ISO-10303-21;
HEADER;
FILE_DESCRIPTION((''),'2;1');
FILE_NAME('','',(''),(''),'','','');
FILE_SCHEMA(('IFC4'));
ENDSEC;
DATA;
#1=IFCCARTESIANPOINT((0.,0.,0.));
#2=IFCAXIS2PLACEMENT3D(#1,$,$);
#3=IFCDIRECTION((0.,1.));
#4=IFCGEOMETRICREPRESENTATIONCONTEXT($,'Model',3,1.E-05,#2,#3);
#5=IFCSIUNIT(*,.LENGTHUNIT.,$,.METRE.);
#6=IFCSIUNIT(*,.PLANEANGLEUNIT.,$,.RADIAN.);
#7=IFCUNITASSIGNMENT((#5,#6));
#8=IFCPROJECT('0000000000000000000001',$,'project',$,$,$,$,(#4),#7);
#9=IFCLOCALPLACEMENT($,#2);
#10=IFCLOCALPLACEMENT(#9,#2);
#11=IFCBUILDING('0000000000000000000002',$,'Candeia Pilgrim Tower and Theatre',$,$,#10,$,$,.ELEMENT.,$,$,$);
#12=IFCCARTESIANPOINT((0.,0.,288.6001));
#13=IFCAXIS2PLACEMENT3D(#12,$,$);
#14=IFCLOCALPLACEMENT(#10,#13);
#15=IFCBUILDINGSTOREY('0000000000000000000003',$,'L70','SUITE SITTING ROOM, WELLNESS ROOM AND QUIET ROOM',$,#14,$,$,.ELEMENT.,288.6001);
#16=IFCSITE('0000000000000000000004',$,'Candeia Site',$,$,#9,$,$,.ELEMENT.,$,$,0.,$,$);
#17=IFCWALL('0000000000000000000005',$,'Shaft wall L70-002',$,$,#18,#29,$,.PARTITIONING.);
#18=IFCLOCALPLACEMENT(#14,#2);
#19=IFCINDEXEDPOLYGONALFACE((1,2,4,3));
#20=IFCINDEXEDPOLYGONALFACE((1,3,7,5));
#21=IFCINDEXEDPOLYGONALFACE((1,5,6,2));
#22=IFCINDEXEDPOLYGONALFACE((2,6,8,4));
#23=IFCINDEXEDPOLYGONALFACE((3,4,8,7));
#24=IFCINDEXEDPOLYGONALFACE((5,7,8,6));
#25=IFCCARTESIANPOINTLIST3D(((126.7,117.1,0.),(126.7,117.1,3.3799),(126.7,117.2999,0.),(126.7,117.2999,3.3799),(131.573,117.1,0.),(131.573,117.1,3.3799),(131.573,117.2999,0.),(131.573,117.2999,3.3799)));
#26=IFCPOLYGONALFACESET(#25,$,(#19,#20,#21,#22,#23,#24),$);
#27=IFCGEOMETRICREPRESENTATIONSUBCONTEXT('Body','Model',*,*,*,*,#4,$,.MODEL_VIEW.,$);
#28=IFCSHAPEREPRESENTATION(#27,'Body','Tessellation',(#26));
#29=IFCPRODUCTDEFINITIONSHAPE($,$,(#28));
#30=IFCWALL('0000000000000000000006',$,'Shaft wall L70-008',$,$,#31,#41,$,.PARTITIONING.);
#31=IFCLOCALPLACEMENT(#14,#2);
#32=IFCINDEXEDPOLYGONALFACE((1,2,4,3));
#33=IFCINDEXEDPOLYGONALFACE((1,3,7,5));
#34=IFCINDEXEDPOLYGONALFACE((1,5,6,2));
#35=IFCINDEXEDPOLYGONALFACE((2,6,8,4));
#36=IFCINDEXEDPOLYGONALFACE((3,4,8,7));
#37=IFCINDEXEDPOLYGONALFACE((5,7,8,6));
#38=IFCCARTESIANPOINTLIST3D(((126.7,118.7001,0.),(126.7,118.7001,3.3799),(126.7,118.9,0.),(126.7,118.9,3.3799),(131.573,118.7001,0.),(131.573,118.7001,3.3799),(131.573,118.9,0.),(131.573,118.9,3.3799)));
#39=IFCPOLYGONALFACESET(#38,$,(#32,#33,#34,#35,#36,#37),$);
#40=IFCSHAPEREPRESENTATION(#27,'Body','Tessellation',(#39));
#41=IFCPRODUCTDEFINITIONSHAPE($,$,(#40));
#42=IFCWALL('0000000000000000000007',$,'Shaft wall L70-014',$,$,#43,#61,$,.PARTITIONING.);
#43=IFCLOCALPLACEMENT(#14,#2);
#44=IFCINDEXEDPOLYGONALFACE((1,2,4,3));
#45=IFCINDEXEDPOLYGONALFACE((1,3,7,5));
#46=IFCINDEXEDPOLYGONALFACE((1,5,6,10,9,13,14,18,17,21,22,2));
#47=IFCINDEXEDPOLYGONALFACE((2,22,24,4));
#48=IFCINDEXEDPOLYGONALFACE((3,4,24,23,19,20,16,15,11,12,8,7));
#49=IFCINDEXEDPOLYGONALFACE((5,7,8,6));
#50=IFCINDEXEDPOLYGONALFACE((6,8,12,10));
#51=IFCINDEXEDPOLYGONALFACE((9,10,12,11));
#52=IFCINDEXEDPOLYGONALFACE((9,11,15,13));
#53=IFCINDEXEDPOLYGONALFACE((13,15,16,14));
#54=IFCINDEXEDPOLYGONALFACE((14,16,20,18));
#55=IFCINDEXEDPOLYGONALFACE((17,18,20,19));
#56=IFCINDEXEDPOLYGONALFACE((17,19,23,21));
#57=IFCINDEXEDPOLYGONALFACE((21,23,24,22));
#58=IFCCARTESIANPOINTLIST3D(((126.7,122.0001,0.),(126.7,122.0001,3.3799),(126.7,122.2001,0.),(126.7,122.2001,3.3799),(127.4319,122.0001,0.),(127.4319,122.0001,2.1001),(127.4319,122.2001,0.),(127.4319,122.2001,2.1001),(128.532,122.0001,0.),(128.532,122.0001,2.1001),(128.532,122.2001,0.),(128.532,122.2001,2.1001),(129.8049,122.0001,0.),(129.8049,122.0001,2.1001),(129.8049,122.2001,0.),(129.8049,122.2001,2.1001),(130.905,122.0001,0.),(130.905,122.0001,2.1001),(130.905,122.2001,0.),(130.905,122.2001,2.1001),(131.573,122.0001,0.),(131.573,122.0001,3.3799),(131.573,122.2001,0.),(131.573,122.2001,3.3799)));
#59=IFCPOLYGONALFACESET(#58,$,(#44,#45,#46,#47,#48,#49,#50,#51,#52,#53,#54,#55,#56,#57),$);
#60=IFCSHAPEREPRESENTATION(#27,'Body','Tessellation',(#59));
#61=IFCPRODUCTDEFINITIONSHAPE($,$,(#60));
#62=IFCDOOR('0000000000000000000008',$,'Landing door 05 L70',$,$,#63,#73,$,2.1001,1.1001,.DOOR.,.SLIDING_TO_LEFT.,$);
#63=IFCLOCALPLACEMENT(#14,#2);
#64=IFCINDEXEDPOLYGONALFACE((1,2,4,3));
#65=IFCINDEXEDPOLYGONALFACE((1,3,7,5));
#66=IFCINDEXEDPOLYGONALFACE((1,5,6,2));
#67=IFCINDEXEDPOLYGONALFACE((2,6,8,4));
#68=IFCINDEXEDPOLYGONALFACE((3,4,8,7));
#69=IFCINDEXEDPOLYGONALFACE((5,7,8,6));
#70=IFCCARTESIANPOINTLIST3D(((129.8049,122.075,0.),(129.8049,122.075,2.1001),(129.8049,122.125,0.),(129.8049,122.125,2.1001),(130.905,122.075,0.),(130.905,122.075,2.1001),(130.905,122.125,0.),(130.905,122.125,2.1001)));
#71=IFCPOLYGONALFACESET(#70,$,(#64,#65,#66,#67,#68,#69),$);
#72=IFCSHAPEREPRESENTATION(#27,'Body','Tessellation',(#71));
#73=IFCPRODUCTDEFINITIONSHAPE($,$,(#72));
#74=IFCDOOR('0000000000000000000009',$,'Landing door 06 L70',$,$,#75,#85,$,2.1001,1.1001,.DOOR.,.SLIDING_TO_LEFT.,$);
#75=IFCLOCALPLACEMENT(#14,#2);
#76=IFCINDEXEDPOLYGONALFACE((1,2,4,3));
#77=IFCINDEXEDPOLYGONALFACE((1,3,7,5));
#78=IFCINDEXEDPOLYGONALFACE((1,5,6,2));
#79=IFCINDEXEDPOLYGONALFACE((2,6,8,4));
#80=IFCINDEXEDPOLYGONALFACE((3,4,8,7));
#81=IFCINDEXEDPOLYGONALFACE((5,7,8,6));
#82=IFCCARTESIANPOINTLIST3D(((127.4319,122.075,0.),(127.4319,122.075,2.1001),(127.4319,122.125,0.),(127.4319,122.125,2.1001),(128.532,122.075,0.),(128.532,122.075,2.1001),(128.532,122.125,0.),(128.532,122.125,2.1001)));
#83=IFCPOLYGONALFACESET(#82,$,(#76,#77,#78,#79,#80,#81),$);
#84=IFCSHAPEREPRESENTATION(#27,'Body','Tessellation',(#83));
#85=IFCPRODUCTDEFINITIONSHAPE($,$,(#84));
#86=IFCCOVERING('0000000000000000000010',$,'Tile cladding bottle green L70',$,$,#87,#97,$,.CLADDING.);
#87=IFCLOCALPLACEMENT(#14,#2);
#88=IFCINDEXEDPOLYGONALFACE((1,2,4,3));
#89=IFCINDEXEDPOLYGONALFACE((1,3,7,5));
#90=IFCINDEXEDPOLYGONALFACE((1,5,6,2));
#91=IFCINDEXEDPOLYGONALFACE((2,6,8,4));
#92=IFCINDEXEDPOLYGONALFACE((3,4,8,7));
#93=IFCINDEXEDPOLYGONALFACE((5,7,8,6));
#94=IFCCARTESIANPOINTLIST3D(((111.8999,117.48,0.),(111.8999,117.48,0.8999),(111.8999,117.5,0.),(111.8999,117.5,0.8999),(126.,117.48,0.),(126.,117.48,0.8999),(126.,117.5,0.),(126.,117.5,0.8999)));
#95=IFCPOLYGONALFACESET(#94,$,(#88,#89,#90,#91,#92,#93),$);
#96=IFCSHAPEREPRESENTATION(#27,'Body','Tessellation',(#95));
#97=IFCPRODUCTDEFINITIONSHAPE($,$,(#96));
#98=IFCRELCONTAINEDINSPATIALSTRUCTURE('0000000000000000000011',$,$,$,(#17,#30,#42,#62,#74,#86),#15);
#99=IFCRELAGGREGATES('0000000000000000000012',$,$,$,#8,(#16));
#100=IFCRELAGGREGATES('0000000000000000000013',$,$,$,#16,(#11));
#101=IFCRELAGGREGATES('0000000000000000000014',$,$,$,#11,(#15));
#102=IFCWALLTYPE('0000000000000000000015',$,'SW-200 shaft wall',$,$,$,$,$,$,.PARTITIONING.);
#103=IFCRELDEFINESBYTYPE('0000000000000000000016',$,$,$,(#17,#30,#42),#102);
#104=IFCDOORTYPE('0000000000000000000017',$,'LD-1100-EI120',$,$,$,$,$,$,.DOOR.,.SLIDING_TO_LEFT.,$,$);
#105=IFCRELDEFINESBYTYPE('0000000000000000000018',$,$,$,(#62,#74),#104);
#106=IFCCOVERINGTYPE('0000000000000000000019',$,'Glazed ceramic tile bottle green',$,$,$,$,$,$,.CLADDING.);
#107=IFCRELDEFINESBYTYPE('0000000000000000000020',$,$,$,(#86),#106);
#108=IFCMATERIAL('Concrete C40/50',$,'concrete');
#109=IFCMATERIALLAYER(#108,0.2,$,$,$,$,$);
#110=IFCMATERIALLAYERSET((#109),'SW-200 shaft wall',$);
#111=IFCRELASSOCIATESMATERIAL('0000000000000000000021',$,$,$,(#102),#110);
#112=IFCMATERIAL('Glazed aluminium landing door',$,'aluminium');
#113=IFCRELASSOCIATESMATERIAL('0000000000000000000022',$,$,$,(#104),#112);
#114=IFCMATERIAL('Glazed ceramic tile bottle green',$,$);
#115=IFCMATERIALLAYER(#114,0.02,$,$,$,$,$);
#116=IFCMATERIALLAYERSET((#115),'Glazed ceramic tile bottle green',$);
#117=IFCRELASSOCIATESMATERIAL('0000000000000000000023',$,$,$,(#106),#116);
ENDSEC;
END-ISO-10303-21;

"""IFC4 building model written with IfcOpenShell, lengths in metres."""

from ifc_helpers import new_model, si_unit, direction, frame, frame_2d, origin, origin_2d, place, context, subcontext, project, spatial, rectangle, extrude, material, layer, layer_set, type_object, element, fill, save


model = new_model("IFC4")

# Units and contexts
model_context = context("Model", 3, precision=1e-05, world=origin(), true_north=direction((0.0, 1.0)))
body_context = subcontext(model_context, "Body", "Model", "MODEL_VIEW")
ifc_project = project(units=[si_unit("LENGTHUNIT", "METRE"), si_unit("PLANEANGLEUNIT", "RADIAN")], contexts=[model_context])

# Site, building, storey
site_placement = place(None, origin())
site = spatial("IfcSite", under=ifc_project, at=site_placement, Name="Candeia Site", CompositionType="ELEMENT", RefElevation=0.0)
building_placement = place(site_placement, origin())
building = spatial("IfcBuilding", under=site, at=building_placement, Name="Candeia Pilgrim Tower and Theatre", CompositionType="ELEMENT")
storey_placement = place(building_placement, frame((0.0, 0.0, 288.6001)))
storey = spatial("IfcBuildingStorey", under=building, at=storey_placement, Name="L70", Description="SUITE SITTING ROOM, WELLNESS ROOM AND QUIET ROOM", CompositionType="ELEMENT", Elevation=288.6001)

# Shared definitions
ifc_material_1 = material(Name="Concrete C40/50", Category="concrete")

# Walls
ifc_layer_1 = layer(ifc_material_1, 0.2)
ifc_layer_set_1 = layer_set([ifc_layer_1], Name="SW-200 shaft wall")
wall_type_1 = type_object("IfcWallType", Name="SW-200 shaft wall", PredefinedType="PARTITIONING", material=ifc_layer_set_1)
for number, where, z_axis, x_axis, name in (
    (1, (126.7, 117.2, 0.0), (0.0, 0.0, 1.0), (1.0, 0.0, 0.0), "Shaft wall L70-002"),
    (2, (126.7, 118.8, 0.0), (0.0, 0.0, 1.0), (1.0, 0.0, 0.0), "Shaft wall L70-008"),
):
    element("IfcWall", number, at=place(storey_placement, frame(where, z_axis=z_axis, x_axis=x_axis)), inside=storey, type_object=wall_type_1, Name=name, PredefinedType="PARTITIONING", context=body_context, shape_type="SweptSolid", body=[
        extrude(rectangle(XDim=4.873, YDim=0.2, at=frame_2d((2.4365, 0.0))), origin(), (0.0, 0.0, 1.0), 3.3799),
    ])

# Wall, openings, doors
wall_1_placement = place(storey_placement, frame((126.7, 122.1001, 0.0), z_axis=(0.0, 0.0, 1.0), x_axis=(1.0, 0.0, 0.0)))
wall_1 = element("IfcWall", 3, at=wall_1_placement, inside=storey, type_object=wall_type_1, Name="Shaft wall L70-014", PredefinedType="PARTITIONING", context=body_context, shape_type="SweptSolid", body=[
    extrude(rectangle(XDim=4.873, YDim=0.2, at=frame_2d((2.4365, 0.0))), origin(), (0.0, 0.0, 1.0), 3.3799),
])
opening_1_placement = place(wall_1_placement, frame((3.105, 0.0, 0.0)))
opening_1 = element("IfcOpeningElement", 4, at=opening_1_placement, cuts=wall_1, PredefinedType="OPENING", context=body_context, shape_type="SweptSolid", body=[
    extrude(rectangle(XDim=1.1001, YDim=2.1001, at=frame_2d((0.55, 1.05))), frame((0.0, 0.1099, 0.0), z_axis=(0.0, -1.0, 0.0), x_axis=(1.0, 0.0, 0.0)), (0.0, 0.0, 1.0), 0.22),
])
opening_2_placement = place(wall_1_placement, frame((0.7319, 0.0, 0.0)))
opening_2 = element("IfcOpeningElement", 5, at=opening_2_placement, cuts=wall_1, PredefinedType="OPENING", context=body_context, shape_type="SweptSolid", body=[
    extrude(rectangle(XDim=1.1001, YDim=2.1001, at=frame_2d((0.55, 1.05))), frame((0.0, 0.1099, 0.0), z_axis=(0.0, -1.0, 0.0), x_axis=(1.0, 0.0, 0.0)), (0.0, 0.0, 1.0), 0.22),
])
ifc_material_2 = material(Name="Glazed aluminium landing door", Category="aluminium")
door_type_1 = type_object("IfcDoorType", Name="LD-1100-EI120", OperationType="SLIDING_TO_LEFT", PredefinedType="DOOR", material=ifc_material_2)
door_1_placement = place(opening_1_placement, origin())
door_1 = element("IfcDoor", 6, at=door_1_placement, inside=storey, type_object=door_type_1, Name="Landing door 05 L70", OperationType="SLIDING_TO_LEFT", OverallHeight=2.1001, OverallWidth=1.1001, PredefinedType="DOOR", context=body_context, shape_type="SweptSolid", body=[
    extrude(rectangle(XDim=1.1001, YDim=2.1001, at=frame_2d((0.55, 1.05))), frame((0.0, 0.0249, 0.0), z_axis=(0.0, -1.0, 0.0), x_axis=(1.0, 0.0, 0.0)), (0.0, 0.0, 1.0), 0.05),
])
fill(opening_1, door_1)
door_2_placement = place(opening_2_placement, origin())
door_2 = element("IfcDoor", 7, at=door_2_placement, inside=storey, type_object=door_type_1, Name="Landing door 06 L70", OperationType="SLIDING_TO_LEFT", OverallHeight=2.1001, OverallWidth=1.1001, PredefinedType="DOOR", context=body_context, shape_type="SweptSolid", body=[
    extrude(rectangle(XDim=1.1001, YDim=2.1001, at=frame_2d((0.55, 1.05))), frame((0.0, 0.0249, 0.0), z_axis=(0.0, -1.0, 0.0), x_axis=(1.0, 0.0, 0.0)), (0.0, 0.0, 1.0), 0.05),
])
fill(opening_2, door_2)

# Covering
ifc_material_3 = material(Name="Glazed ceramic tile bottle green")
ifc_layer_2 = layer(ifc_material_3, 0.02)
ifc_layer_set_2 = layer_set([ifc_layer_2], Name="Glazed ceramic tile bottle green")
covering_type = type_object("IfcCoveringType", Name="Glazed ceramic tile bottle green", PredefinedType="CLADDING", material=ifc_layer_set_2)
covering_placement = place(storey_placement, frame((118.95, 117.49, 0.0), z_axis=(0.0, 0.0, 1.0), x_axis=(1.0, 0.0, 0.0)))
element("IfcCovering", 8, at=covering_placement, inside=storey, type_object=covering_type, Name="Tile cladding bottle green L70", PredefinedType="CLADDING", context=body_context, shape_type="SweptSolid", body=[
    extrude(rectangle(XDim=14.1001, YDim=0.02, at=origin_2d()), origin(), (0.0, 0.0, 1.0), 0.8999),
])

save(model, "model.ifc")
